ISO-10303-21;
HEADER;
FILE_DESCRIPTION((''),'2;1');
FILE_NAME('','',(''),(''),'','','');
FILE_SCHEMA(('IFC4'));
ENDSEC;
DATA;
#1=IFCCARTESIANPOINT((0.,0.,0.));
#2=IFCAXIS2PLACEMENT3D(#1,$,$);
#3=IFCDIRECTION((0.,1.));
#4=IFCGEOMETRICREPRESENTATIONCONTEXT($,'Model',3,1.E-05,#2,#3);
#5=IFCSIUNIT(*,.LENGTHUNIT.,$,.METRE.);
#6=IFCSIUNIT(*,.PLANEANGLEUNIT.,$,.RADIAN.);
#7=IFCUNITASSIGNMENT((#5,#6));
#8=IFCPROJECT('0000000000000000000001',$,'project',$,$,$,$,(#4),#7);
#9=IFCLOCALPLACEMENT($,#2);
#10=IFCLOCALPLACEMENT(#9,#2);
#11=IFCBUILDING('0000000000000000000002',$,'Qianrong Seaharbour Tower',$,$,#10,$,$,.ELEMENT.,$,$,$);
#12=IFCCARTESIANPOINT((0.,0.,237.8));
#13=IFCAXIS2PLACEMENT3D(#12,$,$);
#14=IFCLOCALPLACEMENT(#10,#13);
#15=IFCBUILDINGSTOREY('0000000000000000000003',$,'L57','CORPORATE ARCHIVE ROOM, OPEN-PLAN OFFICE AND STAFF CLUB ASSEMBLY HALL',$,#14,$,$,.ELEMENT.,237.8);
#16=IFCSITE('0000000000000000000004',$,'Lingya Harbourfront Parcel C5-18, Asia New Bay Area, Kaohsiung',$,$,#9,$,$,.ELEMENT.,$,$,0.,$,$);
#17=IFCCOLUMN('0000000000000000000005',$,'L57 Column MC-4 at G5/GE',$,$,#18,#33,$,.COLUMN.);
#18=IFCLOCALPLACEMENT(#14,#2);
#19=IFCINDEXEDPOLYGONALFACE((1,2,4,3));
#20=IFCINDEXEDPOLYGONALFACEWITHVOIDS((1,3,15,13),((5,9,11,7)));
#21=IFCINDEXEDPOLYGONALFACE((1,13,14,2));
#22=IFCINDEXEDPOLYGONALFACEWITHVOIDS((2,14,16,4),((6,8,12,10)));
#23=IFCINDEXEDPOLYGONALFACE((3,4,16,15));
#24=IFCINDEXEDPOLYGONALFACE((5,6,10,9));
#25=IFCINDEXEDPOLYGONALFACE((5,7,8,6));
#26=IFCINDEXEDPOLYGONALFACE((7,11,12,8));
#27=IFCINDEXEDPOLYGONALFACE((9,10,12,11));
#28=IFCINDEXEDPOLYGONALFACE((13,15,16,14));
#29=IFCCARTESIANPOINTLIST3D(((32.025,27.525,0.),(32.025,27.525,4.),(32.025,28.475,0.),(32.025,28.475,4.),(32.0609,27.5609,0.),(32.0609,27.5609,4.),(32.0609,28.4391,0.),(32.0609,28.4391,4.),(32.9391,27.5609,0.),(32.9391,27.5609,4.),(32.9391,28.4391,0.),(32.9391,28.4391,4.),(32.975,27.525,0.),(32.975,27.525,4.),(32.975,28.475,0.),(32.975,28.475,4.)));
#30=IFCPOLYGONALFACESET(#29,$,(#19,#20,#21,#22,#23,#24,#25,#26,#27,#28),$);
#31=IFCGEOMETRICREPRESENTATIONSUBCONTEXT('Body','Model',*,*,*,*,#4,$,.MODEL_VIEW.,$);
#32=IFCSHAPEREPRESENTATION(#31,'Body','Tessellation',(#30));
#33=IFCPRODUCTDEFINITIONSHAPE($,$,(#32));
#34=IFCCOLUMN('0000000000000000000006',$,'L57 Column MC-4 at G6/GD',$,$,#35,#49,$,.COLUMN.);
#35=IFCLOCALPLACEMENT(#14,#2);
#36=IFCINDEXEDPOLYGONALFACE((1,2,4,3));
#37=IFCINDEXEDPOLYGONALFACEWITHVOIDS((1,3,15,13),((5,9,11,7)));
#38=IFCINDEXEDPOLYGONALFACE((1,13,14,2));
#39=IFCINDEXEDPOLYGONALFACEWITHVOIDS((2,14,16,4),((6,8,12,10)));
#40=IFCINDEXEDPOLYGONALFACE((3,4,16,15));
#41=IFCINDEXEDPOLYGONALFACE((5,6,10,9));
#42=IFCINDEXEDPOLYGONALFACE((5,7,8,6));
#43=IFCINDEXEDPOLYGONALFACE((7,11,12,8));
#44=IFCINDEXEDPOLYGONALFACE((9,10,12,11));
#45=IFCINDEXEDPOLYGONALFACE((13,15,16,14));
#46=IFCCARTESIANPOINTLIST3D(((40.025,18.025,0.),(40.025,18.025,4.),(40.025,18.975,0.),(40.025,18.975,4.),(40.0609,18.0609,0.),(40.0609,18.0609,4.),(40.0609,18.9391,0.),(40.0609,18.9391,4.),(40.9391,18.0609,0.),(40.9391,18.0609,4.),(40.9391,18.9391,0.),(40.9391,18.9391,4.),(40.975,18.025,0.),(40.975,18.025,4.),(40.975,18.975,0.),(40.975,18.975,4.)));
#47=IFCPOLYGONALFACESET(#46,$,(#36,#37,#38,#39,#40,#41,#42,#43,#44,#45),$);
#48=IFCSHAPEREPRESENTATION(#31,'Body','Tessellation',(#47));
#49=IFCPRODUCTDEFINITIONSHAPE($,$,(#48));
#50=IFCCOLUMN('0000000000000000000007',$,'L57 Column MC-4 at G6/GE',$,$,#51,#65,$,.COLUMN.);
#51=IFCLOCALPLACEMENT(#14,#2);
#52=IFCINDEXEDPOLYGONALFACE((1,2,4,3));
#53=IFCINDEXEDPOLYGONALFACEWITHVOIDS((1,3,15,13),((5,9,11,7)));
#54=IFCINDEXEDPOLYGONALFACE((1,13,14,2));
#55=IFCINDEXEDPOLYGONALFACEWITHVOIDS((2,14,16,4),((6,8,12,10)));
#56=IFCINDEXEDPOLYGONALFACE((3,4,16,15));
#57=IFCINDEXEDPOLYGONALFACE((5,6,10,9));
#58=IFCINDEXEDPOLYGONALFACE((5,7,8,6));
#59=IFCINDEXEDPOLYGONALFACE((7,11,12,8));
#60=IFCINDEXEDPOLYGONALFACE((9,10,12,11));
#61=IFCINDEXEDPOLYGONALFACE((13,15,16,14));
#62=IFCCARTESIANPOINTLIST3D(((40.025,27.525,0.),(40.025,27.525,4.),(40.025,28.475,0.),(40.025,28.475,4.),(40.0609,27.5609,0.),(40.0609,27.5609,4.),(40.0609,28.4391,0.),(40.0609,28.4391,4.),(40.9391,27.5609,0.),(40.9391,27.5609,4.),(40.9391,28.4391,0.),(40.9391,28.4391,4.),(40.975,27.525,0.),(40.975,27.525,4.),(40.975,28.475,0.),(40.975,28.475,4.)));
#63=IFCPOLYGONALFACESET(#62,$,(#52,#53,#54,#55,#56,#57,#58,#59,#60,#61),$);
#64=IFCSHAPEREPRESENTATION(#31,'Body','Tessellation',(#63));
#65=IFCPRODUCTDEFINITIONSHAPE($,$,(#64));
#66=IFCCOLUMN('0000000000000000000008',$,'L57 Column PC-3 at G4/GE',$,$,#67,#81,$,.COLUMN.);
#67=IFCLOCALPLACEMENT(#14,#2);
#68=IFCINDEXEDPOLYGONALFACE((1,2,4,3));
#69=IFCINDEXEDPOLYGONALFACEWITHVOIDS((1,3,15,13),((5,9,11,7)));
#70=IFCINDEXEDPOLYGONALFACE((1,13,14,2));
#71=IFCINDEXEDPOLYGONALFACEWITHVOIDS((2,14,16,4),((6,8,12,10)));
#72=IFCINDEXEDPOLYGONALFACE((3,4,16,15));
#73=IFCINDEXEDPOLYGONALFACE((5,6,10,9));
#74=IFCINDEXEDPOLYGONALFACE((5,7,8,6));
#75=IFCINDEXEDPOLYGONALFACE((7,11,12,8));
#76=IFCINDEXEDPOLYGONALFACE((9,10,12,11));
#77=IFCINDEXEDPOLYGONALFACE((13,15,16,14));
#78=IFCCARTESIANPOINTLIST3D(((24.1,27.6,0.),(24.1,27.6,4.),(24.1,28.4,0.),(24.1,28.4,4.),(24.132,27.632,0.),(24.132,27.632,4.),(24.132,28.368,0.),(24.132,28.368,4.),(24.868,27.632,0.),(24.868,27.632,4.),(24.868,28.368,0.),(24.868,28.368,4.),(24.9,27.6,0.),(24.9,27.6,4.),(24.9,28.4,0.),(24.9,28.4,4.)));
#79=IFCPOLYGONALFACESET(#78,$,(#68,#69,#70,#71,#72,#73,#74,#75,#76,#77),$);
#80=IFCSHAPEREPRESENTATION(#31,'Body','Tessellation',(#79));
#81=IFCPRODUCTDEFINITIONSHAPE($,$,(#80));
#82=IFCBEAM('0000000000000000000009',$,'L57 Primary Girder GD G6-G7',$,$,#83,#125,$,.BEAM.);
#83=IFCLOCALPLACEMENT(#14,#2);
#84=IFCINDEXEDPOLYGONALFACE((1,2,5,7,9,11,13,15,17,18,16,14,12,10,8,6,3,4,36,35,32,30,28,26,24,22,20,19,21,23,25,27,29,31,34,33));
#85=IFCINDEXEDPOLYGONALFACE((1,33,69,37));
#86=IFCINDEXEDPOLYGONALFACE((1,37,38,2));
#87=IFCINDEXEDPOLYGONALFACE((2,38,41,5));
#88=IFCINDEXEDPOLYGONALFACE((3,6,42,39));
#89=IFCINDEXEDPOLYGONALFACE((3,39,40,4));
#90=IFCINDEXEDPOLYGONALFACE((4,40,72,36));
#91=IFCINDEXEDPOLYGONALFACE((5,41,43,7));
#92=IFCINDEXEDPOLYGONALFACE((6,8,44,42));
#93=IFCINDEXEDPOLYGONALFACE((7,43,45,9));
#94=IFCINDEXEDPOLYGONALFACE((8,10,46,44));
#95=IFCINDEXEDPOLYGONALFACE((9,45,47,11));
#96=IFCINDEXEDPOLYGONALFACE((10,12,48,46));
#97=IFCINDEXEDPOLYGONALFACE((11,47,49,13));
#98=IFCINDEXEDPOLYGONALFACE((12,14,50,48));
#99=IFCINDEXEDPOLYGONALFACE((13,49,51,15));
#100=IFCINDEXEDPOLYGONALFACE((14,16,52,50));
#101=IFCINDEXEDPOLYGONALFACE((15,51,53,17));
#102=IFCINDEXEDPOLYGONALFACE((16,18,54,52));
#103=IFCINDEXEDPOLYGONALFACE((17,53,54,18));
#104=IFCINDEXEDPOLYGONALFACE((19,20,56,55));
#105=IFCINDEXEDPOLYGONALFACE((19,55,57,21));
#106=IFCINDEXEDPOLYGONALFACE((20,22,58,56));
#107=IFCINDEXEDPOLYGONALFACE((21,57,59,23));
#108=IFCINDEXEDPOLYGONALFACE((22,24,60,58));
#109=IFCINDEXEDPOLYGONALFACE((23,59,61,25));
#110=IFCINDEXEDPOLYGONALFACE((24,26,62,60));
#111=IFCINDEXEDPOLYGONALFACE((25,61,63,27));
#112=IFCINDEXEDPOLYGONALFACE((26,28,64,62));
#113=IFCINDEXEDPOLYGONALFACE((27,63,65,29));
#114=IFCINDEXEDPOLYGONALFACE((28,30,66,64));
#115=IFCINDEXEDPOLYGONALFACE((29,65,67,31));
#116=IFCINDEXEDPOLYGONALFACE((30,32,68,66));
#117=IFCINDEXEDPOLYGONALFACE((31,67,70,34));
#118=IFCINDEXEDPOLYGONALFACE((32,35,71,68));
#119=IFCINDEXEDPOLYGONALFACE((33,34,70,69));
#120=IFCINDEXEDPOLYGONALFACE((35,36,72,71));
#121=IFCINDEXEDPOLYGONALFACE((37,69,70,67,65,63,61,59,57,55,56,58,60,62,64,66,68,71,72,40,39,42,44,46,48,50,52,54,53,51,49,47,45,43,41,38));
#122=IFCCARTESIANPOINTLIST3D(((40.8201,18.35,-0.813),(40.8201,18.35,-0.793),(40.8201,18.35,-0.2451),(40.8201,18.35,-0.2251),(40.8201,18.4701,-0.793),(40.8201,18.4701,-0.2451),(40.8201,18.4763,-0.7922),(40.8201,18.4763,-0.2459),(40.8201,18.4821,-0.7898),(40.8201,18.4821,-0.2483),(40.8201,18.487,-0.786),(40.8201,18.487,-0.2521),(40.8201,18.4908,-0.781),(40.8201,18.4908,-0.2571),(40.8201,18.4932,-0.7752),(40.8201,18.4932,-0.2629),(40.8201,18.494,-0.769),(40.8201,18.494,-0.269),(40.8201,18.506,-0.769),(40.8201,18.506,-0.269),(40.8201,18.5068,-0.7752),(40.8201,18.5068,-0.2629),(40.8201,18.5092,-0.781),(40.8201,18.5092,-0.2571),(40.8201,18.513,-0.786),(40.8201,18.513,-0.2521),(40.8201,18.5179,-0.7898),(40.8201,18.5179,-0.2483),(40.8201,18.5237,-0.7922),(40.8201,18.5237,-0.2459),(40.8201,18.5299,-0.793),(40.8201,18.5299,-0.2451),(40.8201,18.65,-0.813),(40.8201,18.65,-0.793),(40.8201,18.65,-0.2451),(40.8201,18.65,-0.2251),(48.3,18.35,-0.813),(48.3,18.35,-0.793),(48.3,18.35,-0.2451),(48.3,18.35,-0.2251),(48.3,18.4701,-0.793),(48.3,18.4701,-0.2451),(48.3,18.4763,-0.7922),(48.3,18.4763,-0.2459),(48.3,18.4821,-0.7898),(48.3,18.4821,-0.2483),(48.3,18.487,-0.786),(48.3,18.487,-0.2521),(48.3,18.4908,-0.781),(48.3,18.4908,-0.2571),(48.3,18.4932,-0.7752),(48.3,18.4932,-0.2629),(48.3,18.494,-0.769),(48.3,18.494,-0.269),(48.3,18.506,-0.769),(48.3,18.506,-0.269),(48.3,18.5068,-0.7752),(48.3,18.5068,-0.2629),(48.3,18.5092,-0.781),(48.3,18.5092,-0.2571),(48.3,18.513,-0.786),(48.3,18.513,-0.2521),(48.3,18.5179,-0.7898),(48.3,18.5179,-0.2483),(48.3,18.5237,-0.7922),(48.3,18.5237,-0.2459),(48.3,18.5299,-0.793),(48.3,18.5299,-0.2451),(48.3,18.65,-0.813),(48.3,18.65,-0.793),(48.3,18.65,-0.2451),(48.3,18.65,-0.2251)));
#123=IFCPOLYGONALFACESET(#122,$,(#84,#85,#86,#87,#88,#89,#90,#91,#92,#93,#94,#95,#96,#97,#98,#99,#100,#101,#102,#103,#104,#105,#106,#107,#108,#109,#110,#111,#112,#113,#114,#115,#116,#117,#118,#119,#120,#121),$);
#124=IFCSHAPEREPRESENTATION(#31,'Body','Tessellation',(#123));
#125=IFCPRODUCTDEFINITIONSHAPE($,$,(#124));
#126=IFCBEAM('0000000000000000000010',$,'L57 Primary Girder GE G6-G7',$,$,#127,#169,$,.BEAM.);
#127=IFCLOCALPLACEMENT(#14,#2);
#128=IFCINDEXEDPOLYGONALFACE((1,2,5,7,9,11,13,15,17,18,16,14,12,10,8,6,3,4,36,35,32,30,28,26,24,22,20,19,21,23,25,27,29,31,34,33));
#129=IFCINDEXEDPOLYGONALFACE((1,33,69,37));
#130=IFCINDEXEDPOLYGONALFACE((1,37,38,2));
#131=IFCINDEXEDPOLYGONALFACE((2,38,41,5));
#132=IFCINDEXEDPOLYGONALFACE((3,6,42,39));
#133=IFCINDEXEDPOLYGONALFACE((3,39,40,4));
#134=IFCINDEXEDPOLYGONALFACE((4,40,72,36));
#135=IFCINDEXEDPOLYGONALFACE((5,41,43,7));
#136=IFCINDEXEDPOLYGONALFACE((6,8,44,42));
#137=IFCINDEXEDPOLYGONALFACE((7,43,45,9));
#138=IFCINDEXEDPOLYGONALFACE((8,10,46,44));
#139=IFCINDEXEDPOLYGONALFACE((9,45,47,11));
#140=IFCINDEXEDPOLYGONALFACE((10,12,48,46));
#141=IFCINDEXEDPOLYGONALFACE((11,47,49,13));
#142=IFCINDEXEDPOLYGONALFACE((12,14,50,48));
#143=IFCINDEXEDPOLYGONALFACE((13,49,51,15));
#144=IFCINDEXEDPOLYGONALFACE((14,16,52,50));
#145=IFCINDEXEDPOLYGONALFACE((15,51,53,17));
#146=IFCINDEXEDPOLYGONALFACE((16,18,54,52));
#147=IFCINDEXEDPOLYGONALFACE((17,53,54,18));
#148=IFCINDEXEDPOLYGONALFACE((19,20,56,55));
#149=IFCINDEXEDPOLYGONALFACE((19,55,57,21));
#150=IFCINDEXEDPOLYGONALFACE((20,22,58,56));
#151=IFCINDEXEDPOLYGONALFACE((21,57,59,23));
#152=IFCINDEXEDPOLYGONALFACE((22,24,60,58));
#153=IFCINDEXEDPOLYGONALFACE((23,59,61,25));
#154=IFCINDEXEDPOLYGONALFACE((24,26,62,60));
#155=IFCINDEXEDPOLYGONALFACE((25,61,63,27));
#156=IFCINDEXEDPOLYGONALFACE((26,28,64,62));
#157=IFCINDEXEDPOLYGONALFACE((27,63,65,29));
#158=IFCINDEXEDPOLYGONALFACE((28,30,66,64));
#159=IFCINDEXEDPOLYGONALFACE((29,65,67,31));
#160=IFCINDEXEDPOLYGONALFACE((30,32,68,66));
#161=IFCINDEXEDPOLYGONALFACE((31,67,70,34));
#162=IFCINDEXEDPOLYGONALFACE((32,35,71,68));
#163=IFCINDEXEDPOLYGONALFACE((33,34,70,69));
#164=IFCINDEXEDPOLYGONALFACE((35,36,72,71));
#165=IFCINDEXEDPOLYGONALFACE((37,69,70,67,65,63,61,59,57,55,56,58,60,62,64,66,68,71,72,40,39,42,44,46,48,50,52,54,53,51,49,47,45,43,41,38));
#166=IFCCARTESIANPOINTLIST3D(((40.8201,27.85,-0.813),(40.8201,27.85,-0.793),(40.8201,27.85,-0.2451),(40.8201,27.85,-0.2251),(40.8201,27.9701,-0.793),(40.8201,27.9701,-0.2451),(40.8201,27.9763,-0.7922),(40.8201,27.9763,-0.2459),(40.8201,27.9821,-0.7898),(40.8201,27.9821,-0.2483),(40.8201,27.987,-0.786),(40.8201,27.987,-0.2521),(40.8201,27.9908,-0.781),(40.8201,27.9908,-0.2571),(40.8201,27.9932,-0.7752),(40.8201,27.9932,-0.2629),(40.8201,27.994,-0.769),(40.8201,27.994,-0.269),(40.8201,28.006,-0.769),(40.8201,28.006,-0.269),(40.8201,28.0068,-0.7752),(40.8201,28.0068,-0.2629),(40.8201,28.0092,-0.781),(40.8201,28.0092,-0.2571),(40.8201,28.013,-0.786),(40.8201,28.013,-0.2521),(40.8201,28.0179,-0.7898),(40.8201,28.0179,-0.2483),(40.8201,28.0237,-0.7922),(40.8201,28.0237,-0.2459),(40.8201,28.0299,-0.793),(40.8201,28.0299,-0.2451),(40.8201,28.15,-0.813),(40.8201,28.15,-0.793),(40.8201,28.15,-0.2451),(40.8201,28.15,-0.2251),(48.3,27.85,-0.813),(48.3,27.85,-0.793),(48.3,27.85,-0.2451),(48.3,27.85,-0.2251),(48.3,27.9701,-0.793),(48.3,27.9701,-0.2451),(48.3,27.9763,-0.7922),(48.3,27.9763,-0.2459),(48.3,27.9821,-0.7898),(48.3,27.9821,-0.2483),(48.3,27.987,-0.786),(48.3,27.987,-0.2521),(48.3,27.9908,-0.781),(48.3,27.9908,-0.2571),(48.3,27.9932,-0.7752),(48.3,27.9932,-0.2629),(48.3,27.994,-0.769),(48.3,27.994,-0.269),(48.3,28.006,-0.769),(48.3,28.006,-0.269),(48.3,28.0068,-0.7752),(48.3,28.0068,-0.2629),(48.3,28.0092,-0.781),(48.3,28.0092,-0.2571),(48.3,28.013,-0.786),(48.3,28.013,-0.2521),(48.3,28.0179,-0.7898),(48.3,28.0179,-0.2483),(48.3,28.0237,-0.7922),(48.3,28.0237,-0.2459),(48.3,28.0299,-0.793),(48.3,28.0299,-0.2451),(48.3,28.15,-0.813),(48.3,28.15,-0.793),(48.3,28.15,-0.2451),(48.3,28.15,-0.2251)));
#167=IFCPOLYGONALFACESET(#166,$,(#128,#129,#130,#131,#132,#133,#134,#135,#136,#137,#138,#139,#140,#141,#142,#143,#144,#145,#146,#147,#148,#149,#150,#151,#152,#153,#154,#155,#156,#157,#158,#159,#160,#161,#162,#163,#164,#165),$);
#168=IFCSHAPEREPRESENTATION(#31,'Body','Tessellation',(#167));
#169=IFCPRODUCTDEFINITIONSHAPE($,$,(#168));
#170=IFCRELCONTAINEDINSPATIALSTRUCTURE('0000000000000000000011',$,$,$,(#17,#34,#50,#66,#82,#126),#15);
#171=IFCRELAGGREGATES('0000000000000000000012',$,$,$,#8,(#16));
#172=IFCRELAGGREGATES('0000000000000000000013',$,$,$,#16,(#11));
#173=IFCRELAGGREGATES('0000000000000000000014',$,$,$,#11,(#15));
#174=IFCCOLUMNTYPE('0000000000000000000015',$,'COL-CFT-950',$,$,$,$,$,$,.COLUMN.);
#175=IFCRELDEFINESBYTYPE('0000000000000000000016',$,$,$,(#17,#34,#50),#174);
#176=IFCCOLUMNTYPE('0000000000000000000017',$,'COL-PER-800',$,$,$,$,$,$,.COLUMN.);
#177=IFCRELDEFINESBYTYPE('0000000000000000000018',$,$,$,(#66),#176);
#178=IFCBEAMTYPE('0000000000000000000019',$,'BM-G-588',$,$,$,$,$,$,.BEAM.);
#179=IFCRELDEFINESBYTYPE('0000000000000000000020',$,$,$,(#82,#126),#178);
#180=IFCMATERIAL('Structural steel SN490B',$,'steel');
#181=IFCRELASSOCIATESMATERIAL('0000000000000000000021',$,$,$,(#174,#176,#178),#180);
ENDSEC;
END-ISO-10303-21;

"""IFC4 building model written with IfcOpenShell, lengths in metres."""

from ifc_helpers import new_model, si_unit, direction, frame, origin, origin_2d, place, context, subcontext, project, spatial, hollow_rectangle, i_section, extrude, material, material_profile, profile_set, type_object, element, save


model = new_model("IFC4")

# Units and contexts
model_context = context("Model", 3, precision=1e-05, world=origin(), true_north=direction((0.0, 1.0)))
body_context = subcontext(model_context, "Body", "Model", "MODEL_VIEW")
ifc_project = project(units=[si_unit("LENGTHUNIT", "METRE"), si_unit("PLANEANGLEUNIT", "RADIAN")], contexts=[model_context])

# Site, building, storey
site_placement = place(None, origin())
site = spatial("IfcSite", under=ifc_project, at=site_placement, Name="Lingya Harbourfront Parcel C5-18, Asia New Bay Area, Kaohsiung", CompositionType="ELEMENT", RefElevation=0.0)
building_placement = place(site_placement, origin())
building = spatial("IfcBuilding", under=site, at=building_placement, Name="Qianrong Seaharbour Tower", CompositionType="ELEMENT")
storey_placement = place(building_placement, frame((0.0, 0.0, 237.8)))
storey = spatial("IfcBuildingStorey", under=building, at=storey_placement, Name="L57", Description="CORPORATE ARCHIVE ROOM, OPEN-PLAN OFFICE AND STAFF CLUB ASSEMBLY HALL", CompositionType="ELEMENT", Elevation=237.8)

# Columns
ifc_material_1 = material(Name="Structural steel SN490B", Category="steel")
ifc_material_profile_1 = material_profile(ifc_material_1, hollow_rectangle(XDim=0.95, YDim=0.95, WallThickness=0.0359, at=origin_2d()), Name="BOX950x950x36")
ifc_profile_set_1 = profile_set([ifc_material_profile_1], Name="Structural steel SN490B")
column_type_1 = type_object("IfcColumnType", Name="COL-CFT-950", PredefinedType="COLUMN", material=ifc_profile_set_1)
for number, where, z_axis, x_axis, name in (
    (1, (32.5, 28.0, 0.0), (0.0, 0.0, 1.0), (1.0, 0.0, 0.0), "L57 Column MC-4 at G5/GE"),
    (2, (40.5, 18.5, 0.0), (0.0, 0.0, 1.0), (1.0, 0.0, 0.0), "L57 Column MC-4 at G6/GD"),
    (3, (40.5, 28.0, 0.0), (0.0, 0.0, 1.0), (1.0, 0.0, 0.0), "L57 Column MC-4 at G6/GE"),
):
    element("IfcColumn", number, at=place(storey_placement, frame(where, z_axis=z_axis, x_axis=x_axis)), inside=storey, type_object=column_type_1, Name=name, PredefinedType="COLUMN", context=body_context, shape_type="SweptSolid", body=[
        extrude(hollow_rectangle(XDim=0.95, YDim=0.95, WallThickness=0.0359, at=origin_2d()), origin(), (0.0, 0.0, 1.0), 4.0),
    ])
ifc_material_profile_2 = material_profile(ifc_material_1, hollow_rectangle(XDim=0.8, YDim=0.8, WallThickness=0.032, at=origin_2d()), Name="BOX800x800x32")
ifc_profile_set_2 = profile_set([ifc_material_profile_2], Name="Structural steel SN490B")
column_type_2 = type_object("IfcColumnType", Name="COL-PER-800", PredefinedType="COLUMN", material=ifc_profile_set_2)
column_placement = place(storey_placement, frame((24.5, 28.0, 0.0), z_axis=(0.0, 0.0, 1.0), x_axis=(1.0, 0.0, 0.0)))
element("IfcColumn", 4, at=column_placement, inside=storey, type_object=column_type_2, Name="L57 Column PC-3 at G4/GE", PredefinedType="COLUMN", context=body_context, shape_type="SweptSolid", body=[
    extrude(hollow_rectangle(XDim=0.8, YDim=0.8, WallThickness=0.032, at=origin_2d()), origin(), (0.0, 0.0, 1.0), 4.0),
])

# Beams
ifc_material_profile_3 = material_profile(ifc_material_1, i_section(OverallWidth=0.3, OverallDepth=0.5879, WebThickness=0.012, FlangeThickness=0.02, FilletRadius=0.0239, at=origin_2d()), Name="H588x300x12x20")
ifc_profile_set_3 = profile_set([ifc_material_profile_3], Name="Structural steel SN490B")
beam_type_1 = type_object("IfcBeamType", Name="BM-G-588", PredefinedType="BEAM", material=ifc_profile_set_3)
for number, where, z_axis, x_axis, name in (
    (5, (40.8201, 18.5, -0.519), (1.0, 0.0, 0.0), (0.0, 1.0, 0.0), "L57 Primary Girder GD G6-G7"),
    (6, (40.8201, 28.0, -0.519), (1.0, 0.0, 0.0), (0.0, 1.0, 0.0), "L57 Primary Girder GE G6-G7"),
):
    element("IfcBeam", number, at=place(storey_placement, frame(where, z_axis=z_axis, x_axis=x_axis)), inside=storey, type_object=beam_type_1, Name=name, PredefinedType="BEAM", context=body_context, shape_type="SweptSolid", body=[
        extrude(i_section(OverallWidth=0.3, OverallDepth=0.5879, WebThickness=0.012, FlangeThickness=0.02, FilletRadius=0.0239, at=origin_2d()), origin(), (0.0, 0.0, 1.0), 7.48),
    ])

save(model, "model.ifc")
